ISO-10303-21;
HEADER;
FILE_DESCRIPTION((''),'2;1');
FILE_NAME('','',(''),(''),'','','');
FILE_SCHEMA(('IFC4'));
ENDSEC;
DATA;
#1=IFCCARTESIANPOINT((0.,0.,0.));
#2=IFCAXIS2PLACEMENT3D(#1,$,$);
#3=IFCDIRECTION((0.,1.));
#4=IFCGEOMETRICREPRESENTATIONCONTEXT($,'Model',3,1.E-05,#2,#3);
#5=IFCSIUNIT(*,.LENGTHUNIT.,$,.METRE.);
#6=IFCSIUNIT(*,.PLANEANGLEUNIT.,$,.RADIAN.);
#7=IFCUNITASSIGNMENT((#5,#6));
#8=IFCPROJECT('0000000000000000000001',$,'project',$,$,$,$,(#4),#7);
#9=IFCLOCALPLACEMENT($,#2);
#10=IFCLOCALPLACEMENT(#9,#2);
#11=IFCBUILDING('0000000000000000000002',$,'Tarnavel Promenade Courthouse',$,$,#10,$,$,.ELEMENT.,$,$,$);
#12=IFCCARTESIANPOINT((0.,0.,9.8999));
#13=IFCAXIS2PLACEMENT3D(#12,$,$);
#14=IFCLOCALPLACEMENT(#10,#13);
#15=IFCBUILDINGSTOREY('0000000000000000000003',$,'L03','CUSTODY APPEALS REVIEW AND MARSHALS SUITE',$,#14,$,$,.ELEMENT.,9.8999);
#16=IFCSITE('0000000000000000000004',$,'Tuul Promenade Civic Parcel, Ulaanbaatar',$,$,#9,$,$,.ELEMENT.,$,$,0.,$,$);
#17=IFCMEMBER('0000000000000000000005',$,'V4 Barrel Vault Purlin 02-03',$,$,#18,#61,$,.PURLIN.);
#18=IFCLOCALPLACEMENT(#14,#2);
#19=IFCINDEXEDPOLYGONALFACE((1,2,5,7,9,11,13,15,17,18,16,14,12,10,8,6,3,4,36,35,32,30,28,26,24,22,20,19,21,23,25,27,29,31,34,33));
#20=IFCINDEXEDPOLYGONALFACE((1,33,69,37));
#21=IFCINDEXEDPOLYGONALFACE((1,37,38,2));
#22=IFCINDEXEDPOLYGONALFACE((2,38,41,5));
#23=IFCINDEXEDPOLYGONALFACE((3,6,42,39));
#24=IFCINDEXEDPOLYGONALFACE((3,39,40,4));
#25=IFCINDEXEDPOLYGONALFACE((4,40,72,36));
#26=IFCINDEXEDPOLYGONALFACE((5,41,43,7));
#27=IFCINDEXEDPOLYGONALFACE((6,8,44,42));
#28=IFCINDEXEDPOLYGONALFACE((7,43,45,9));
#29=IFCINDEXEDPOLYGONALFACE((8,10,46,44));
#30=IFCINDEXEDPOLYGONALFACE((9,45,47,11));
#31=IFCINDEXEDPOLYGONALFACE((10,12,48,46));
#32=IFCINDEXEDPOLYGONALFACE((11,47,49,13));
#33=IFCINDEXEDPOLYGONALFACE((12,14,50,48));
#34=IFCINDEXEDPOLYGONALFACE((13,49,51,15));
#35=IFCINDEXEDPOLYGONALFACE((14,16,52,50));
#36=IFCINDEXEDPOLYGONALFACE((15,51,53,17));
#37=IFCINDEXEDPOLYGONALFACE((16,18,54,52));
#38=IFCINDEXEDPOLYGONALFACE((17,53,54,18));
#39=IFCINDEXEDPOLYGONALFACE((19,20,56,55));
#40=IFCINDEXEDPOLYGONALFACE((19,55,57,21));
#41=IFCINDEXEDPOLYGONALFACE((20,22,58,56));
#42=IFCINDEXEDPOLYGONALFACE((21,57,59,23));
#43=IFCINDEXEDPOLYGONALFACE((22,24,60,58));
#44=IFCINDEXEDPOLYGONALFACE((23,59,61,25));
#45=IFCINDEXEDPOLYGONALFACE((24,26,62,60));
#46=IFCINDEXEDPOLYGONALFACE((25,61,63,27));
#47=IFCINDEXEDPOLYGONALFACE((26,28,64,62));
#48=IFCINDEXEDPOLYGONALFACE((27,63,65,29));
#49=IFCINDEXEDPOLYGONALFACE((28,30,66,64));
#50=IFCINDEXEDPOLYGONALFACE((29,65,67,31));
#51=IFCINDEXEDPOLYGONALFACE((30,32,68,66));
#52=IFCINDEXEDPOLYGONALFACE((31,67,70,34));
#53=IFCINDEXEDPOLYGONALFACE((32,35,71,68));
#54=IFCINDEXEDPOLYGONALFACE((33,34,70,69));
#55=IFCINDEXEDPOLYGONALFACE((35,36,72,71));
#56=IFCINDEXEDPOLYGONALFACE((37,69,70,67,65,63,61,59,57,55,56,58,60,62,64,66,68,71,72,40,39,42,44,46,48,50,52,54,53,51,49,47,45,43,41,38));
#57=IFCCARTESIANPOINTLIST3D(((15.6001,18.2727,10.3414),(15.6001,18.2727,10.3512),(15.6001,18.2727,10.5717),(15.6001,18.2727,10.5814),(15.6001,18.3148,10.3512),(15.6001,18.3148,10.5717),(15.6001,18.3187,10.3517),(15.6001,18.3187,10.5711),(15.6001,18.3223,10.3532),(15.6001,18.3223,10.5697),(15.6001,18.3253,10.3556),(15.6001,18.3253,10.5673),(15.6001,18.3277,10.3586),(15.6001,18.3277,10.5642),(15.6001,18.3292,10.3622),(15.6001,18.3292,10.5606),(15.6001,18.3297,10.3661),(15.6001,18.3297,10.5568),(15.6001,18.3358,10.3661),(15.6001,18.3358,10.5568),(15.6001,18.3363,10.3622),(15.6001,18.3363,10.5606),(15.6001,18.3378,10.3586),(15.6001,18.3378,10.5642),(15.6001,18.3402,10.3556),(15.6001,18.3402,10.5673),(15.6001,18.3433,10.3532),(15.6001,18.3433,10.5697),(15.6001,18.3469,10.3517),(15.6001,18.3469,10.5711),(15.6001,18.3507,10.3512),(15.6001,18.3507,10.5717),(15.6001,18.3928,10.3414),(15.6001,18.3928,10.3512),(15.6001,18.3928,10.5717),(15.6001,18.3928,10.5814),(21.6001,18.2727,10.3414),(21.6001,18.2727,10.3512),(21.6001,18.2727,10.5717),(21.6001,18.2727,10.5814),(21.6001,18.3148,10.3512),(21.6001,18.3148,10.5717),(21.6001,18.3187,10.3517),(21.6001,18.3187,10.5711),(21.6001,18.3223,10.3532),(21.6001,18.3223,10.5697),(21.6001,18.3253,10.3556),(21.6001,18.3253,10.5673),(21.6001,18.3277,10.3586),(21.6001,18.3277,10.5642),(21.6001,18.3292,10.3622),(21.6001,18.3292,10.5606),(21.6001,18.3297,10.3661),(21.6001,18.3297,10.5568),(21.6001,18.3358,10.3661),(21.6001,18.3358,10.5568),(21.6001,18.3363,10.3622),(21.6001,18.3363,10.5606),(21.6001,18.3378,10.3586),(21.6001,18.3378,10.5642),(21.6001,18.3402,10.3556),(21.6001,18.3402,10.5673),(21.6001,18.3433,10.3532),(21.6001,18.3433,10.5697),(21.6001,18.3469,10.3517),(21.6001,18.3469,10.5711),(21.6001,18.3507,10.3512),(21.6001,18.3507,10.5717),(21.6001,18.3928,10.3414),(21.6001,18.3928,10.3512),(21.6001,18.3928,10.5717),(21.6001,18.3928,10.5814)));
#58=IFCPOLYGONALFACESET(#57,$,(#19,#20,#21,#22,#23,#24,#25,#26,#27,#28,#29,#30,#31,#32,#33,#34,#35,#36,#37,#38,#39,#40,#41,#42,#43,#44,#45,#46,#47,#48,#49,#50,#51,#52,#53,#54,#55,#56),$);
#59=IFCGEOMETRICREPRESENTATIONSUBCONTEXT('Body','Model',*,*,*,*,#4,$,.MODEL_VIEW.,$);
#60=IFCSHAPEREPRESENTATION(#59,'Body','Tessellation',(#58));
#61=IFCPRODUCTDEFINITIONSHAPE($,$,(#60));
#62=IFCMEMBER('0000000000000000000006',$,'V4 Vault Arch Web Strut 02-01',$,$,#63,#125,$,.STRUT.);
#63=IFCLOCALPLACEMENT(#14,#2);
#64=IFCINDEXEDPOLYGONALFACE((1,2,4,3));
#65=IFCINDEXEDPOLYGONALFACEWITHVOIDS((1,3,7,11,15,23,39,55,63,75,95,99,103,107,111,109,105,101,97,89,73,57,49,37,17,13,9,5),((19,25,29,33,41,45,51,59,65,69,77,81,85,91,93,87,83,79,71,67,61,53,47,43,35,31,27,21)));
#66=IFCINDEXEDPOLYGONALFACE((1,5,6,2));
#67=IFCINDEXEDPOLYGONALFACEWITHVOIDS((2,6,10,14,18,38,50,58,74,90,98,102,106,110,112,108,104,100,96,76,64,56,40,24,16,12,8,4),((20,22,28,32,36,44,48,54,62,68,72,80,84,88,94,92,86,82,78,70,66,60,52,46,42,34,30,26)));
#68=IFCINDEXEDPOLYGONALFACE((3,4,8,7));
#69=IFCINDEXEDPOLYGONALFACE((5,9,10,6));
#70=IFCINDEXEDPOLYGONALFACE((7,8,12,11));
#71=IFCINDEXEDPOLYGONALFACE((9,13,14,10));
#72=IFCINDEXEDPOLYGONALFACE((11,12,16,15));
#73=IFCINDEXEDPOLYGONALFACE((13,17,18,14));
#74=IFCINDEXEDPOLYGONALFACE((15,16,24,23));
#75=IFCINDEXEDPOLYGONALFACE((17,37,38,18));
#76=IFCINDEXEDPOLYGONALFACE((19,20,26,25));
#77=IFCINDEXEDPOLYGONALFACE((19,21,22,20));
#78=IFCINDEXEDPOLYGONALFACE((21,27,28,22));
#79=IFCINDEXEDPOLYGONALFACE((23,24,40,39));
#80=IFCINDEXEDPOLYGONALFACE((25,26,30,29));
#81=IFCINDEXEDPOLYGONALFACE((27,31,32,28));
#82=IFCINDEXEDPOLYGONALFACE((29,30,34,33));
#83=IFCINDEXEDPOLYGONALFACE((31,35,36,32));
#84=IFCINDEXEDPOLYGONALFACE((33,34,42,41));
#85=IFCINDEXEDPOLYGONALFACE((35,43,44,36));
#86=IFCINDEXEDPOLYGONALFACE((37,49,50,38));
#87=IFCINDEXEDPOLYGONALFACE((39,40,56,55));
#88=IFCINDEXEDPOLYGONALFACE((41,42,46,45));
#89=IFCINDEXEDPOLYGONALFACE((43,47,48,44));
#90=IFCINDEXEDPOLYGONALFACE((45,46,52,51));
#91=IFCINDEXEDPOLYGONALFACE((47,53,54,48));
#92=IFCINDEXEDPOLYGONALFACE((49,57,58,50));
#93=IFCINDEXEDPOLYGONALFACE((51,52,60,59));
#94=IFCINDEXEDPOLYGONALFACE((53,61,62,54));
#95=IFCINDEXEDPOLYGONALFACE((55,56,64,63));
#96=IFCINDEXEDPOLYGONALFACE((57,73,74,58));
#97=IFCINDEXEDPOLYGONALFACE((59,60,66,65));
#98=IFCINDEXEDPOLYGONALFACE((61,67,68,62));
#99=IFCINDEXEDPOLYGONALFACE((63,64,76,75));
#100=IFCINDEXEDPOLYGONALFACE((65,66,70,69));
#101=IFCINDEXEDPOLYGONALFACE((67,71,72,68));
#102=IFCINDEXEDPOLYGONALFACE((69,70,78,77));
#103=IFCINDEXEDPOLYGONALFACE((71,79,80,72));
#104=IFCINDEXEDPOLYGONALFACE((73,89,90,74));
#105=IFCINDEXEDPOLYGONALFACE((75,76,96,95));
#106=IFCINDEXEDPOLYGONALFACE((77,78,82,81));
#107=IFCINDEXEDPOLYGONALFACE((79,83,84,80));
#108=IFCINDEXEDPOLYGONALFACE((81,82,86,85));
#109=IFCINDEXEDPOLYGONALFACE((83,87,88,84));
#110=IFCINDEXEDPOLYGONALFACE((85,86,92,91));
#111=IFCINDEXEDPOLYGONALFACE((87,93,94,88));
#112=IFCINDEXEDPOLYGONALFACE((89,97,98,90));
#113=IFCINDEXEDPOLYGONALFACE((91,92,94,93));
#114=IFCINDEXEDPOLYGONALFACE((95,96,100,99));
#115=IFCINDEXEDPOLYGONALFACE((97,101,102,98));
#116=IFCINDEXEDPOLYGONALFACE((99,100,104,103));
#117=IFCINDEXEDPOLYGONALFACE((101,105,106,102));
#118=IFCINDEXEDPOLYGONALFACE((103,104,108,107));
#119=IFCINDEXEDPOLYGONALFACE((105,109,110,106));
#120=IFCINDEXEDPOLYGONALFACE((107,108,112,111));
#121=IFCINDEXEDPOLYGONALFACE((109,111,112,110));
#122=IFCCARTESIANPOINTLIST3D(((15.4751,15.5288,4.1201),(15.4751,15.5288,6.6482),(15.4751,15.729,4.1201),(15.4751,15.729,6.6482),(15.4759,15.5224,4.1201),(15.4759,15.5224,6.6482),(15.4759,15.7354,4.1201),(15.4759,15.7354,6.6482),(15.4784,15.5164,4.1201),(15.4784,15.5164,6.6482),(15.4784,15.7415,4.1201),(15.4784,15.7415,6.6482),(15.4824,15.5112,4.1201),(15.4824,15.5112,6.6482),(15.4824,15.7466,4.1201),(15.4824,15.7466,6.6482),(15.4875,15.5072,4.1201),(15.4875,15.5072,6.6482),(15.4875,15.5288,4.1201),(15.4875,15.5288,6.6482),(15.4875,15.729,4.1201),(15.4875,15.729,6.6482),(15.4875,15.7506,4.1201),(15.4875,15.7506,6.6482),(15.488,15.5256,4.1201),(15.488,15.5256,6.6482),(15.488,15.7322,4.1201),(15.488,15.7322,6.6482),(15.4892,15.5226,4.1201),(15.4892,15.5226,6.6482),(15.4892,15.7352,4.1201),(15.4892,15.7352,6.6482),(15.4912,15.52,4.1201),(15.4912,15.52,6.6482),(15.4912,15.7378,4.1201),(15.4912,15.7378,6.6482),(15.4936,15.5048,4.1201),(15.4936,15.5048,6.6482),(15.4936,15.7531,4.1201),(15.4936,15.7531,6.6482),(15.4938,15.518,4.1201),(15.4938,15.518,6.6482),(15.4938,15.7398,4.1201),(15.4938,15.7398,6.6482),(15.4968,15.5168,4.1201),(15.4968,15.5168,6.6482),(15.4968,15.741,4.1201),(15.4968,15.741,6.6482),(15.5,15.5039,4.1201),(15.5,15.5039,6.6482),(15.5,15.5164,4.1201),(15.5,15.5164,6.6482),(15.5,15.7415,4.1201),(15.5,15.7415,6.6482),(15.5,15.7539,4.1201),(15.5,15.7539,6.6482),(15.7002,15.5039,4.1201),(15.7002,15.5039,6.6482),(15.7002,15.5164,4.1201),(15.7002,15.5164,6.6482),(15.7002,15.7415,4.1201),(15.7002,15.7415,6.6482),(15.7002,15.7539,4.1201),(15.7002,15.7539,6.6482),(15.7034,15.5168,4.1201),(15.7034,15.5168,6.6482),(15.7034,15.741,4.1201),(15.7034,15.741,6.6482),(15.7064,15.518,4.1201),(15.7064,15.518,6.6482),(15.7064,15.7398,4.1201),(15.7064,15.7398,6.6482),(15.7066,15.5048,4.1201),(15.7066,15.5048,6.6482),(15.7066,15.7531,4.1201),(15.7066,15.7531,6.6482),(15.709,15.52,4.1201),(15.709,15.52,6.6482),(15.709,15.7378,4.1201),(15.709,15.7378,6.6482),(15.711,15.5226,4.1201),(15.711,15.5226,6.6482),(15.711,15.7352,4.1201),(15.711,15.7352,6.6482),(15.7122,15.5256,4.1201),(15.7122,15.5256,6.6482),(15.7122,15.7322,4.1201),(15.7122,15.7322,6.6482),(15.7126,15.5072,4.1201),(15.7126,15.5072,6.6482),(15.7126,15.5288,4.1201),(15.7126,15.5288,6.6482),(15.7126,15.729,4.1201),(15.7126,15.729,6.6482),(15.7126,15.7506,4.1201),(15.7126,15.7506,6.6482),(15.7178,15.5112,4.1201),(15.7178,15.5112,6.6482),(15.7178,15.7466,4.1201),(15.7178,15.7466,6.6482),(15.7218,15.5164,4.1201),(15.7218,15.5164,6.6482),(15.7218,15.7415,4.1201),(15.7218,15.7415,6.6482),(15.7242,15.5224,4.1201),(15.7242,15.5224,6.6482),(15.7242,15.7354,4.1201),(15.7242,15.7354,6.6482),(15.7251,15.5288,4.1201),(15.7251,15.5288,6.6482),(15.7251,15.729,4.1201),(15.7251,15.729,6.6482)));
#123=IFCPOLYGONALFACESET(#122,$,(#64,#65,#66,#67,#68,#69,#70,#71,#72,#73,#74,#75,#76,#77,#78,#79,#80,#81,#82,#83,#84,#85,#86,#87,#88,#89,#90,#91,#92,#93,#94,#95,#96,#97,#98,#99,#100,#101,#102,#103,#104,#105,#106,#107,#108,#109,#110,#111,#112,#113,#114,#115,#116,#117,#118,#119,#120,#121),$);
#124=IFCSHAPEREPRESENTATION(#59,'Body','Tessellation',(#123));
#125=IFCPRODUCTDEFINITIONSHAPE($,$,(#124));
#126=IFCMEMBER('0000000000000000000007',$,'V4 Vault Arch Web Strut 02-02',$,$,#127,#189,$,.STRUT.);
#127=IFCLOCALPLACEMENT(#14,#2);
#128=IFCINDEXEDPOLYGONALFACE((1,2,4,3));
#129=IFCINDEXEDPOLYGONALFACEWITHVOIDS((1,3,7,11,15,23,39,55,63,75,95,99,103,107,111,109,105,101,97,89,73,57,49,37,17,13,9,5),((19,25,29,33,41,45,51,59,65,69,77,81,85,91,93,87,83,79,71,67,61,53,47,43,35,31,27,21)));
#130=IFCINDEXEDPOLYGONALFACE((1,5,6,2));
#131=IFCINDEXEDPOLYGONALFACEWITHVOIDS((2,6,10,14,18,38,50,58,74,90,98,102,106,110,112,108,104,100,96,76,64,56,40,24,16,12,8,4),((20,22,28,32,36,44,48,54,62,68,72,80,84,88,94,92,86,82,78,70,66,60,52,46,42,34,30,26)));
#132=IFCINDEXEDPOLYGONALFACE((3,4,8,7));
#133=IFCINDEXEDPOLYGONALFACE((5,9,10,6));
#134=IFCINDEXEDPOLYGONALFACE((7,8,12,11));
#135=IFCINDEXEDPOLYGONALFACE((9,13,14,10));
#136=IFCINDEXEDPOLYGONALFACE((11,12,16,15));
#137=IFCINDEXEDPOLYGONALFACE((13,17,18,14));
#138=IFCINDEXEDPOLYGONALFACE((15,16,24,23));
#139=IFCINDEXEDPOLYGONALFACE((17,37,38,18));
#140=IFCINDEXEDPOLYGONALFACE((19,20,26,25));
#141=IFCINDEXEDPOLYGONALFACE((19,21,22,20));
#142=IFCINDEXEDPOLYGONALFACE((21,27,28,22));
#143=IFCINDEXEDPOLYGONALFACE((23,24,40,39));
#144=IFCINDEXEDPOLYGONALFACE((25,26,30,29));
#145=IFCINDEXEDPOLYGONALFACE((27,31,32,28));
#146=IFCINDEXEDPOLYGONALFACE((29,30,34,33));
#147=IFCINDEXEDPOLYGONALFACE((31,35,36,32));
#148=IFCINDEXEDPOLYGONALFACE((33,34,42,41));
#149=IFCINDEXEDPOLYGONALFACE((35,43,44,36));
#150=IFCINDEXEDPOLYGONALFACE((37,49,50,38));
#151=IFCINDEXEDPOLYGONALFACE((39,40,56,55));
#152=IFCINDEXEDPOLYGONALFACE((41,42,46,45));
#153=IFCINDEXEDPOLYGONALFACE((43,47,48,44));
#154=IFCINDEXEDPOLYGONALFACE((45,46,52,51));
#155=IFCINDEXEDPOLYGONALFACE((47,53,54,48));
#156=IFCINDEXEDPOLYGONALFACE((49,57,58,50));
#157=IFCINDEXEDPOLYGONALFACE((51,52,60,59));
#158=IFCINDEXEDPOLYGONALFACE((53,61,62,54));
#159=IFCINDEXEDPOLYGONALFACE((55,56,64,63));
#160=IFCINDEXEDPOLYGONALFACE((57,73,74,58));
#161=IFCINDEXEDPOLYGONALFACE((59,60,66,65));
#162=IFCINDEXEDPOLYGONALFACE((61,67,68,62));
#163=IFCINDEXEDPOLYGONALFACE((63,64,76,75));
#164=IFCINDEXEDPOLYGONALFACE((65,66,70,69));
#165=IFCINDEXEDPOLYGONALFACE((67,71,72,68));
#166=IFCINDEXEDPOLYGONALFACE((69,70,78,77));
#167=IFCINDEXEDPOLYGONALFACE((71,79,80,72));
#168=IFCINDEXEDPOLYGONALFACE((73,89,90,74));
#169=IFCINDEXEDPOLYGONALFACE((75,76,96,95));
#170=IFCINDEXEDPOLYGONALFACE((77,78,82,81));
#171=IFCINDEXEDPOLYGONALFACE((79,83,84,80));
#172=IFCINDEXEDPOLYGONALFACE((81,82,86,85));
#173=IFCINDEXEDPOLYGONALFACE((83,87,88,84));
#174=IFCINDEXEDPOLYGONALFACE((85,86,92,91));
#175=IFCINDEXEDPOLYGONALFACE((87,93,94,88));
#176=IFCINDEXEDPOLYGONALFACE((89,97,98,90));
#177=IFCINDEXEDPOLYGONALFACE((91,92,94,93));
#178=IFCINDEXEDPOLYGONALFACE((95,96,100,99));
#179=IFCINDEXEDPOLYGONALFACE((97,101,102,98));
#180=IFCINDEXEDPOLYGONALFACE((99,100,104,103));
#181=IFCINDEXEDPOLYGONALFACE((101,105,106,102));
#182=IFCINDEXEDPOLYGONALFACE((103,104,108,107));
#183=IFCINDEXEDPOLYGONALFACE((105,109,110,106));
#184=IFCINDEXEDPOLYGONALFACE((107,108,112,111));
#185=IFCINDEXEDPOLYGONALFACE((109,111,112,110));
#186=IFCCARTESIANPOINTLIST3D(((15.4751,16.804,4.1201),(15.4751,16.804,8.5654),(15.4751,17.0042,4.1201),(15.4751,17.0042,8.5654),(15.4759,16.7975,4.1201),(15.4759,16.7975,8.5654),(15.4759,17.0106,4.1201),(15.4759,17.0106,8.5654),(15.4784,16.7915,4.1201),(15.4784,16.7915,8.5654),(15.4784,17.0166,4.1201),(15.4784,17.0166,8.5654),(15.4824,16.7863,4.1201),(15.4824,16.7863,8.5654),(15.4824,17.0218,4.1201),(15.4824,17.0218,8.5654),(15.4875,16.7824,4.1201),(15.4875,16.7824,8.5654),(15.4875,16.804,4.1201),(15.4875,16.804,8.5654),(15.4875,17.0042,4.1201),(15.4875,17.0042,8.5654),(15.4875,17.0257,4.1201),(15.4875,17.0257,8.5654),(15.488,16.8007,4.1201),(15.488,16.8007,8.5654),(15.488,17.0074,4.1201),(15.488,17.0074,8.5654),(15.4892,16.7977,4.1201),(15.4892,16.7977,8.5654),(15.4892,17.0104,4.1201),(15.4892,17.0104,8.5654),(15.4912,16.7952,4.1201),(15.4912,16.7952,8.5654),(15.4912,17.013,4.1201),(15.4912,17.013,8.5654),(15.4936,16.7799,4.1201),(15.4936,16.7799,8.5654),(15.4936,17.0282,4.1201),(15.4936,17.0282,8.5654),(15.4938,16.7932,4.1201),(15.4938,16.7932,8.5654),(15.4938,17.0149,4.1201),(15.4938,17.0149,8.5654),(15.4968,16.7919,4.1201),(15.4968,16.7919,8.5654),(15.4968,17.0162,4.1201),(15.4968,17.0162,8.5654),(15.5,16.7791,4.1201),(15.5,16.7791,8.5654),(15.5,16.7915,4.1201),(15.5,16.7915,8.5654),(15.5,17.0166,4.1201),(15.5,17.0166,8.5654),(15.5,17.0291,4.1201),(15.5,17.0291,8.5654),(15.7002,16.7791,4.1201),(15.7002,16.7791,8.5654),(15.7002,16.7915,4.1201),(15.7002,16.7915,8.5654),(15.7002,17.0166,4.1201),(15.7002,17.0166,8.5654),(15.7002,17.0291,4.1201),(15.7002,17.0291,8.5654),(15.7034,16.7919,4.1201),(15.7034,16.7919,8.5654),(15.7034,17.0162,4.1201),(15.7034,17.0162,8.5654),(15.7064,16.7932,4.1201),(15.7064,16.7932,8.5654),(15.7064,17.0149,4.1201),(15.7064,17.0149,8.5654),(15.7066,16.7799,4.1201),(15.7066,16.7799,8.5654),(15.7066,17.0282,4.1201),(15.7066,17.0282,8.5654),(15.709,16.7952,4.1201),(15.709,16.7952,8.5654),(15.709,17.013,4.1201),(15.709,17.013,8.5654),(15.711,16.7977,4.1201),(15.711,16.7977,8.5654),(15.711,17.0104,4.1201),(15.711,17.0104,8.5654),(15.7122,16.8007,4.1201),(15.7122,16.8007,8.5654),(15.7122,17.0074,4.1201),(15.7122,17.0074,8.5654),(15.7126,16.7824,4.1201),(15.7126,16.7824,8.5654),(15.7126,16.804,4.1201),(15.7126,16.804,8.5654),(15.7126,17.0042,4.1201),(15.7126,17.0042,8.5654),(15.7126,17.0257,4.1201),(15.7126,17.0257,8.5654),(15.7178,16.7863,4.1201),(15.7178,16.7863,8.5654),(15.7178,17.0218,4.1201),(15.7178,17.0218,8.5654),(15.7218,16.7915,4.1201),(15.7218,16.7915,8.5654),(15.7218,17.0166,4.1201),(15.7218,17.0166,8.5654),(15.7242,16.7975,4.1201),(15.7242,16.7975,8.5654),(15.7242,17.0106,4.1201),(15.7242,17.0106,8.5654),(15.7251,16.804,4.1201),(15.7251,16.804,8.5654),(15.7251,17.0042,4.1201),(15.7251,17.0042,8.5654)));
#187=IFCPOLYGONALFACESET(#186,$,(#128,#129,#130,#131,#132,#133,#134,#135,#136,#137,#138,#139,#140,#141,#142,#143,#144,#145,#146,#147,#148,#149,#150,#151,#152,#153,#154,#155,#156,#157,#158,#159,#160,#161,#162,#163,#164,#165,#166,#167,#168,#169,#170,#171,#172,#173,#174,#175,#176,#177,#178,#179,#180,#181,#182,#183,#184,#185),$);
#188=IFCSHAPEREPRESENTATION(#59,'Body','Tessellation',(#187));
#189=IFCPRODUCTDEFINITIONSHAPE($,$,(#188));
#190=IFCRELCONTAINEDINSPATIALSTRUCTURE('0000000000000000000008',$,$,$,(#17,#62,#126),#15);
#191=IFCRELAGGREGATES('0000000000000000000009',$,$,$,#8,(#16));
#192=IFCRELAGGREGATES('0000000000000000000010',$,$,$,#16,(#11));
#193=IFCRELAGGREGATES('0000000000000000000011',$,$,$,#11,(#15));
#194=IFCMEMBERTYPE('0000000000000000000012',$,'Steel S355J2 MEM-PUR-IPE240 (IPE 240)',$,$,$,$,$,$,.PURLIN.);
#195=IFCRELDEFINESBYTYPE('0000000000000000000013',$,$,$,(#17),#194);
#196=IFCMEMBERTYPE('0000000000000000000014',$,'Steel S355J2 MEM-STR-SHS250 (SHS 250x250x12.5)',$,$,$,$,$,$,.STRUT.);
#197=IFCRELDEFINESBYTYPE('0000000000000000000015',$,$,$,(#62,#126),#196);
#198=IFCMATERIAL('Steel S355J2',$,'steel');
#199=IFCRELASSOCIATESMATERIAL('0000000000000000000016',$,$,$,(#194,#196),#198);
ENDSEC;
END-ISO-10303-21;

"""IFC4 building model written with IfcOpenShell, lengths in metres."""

from ifc_helpers import new_model, si_unit, direction, frame, origin, origin_2d, place, context, subcontext, project, spatial, hollow_rectangle, i_section, extrude, material, material_profile, profile_set, type_object, element, save


model = new_model("IFC4")

# Units and contexts
model_context = context("Model", 3, precision=1e-05, world=origin(), true_north=direction((0.0, 1.0)))
body_context = subcontext(model_context, "Body", "Model", "MODEL_VIEW")
ifc_project = project(units=[si_unit("LENGTHUNIT", "METRE"), si_unit("PLANEANGLEUNIT", "RADIAN")], contexts=[model_context])

# Site, building, storey
site_placement = place(None, origin())
site = spatial("IfcSite", under=ifc_project, at=site_placement, Name="Tuul Promenade Civic Parcel, Ulaanbaatar", CompositionType="ELEMENT", RefElevation=0.0)
building_placement = place(site_placement, origin())
building = spatial("IfcBuilding", under=site, at=building_placement, Name="Tarnavel Promenade Courthouse", CompositionType="ELEMENT")
storey_placement = place(building_placement, frame((0.0, 0.0, 9.8999)))
storey = spatial("IfcBuildingStorey", under=building, at=storey_placement, Name="L03", Description="CUSTODY APPEALS REVIEW AND MARSHALS SUITE", CompositionType="ELEMENT", Elevation=9.8999)

# Shared definitions
ifc_material_1 = material(Name="Steel S355J2", Category="steel")

# Members
ifc_material_profile_1 = material_profile(ifc_material_1, i_section(OverallWidth=0.1201, OverallDepth=0.24, WebThickness=0.0061, FlangeThickness=0.0098, FilletRadius=0.0149, at=origin_2d()), Name="IPE 240")
ifc_profile_set_1 = profile_set([ifc_material_profile_1], Name="Steel S355J2")
member_type_1 = type_object("IfcMemberType", Name="Steel S355J2 MEM-PUR-IPE240 (IPE 240)", PredefinedType="PURLIN", material=ifc_profile_set_1)
for number, where, z_axis, x_axis, name in (
    (1, (15.6001, 18.3328, 10.4614), (1.0, 0.0, 0.0), (0.0, 1.0, 0.0), "V4 Barrel Vault Purlin 02-03"),
):
    element("IfcMember", number, at=place(storey_placement, frame(where, z_axis=z_axis, x_axis=x_axis)), inside=storey, type_object=member_type_1, Name=name, PredefinedType="PURLIN", context=body_context, shape_type="SweptSolid", body=[
        extrude(i_section(OverallWidth=0.1201, OverallDepth=0.24, WebThickness=0.0061, FlangeThickness=0.0098, FilletRadius=0.0149, at=origin_2d()), origin(), (0.0, 0.0, 1.0), 6.0),
    ])
ifc_material_profile_2 = material_profile(ifc_material_1, hollow_rectangle(XDim=0.25, YDim=0.25, WallThickness=0.0125, InnerFilletRadius=0.0125, OuterFilletRadius=0.0249, at=origin_2d()), Name="SHS 250x250x12.5")
ifc_profile_set_2 = profile_set([ifc_material_profile_2], Name="Steel S355J2")
member_type_2 = type_object("IfcMemberType", Name="Steel S355J2 MEM-STR-SHS250 (SHS 250x250x12.5)", PredefinedType="STRUT", material=ifc_profile_set_2)
member_1_placement = place(storey_placement, frame((15.6001, 15.6289, 4.1201), z_axis=(0.0, 0.0, 1.0), x_axis=(1.0, 0.0, 0.0)))
element("IfcMember", 2, at=member_1_placement, inside=storey, type_object=member_type_2, Name="V4 Vault Arch Web Strut 02-01", PredefinedType="STRUT", context=body_context, shape_type="SweptSolid", body=[
    extrude(hollow_rectangle(XDim=0.25, YDim=0.25, WallThickness=0.0125, InnerFilletRadius=0.0125, OuterFilletRadius=0.0249, at=origin_2d()), origin(), (0.0, 0.0, 1.0), 2.5281),
])
member_2_placement = place(storey_placement, frame((15.6001, 16.9041, 4.1201), z_axis=(0.0, 0.0, 1.0), x_axis=(1.0, 0.0, 0.0)))
element("IfcMember", 3, at=member_2_placement, inside=storey, type_object=member_type_2, Name="V4 Vault Arch Web Strut 02-02", PredefinedType="STRUT", context=body_context, shape_type="SweptSolid", body=[
    extrude(hollow_rectangle(XDim=0.25, YDim=0.25, WallThickness=0.0125, InnerFilletRadius=0.0125, OuterFilletRadius=0.0249, at=origin_2d()), origin(), (0.0, 0.0, 1.0), 4.4453),
])

save(model, "model.ifc")
